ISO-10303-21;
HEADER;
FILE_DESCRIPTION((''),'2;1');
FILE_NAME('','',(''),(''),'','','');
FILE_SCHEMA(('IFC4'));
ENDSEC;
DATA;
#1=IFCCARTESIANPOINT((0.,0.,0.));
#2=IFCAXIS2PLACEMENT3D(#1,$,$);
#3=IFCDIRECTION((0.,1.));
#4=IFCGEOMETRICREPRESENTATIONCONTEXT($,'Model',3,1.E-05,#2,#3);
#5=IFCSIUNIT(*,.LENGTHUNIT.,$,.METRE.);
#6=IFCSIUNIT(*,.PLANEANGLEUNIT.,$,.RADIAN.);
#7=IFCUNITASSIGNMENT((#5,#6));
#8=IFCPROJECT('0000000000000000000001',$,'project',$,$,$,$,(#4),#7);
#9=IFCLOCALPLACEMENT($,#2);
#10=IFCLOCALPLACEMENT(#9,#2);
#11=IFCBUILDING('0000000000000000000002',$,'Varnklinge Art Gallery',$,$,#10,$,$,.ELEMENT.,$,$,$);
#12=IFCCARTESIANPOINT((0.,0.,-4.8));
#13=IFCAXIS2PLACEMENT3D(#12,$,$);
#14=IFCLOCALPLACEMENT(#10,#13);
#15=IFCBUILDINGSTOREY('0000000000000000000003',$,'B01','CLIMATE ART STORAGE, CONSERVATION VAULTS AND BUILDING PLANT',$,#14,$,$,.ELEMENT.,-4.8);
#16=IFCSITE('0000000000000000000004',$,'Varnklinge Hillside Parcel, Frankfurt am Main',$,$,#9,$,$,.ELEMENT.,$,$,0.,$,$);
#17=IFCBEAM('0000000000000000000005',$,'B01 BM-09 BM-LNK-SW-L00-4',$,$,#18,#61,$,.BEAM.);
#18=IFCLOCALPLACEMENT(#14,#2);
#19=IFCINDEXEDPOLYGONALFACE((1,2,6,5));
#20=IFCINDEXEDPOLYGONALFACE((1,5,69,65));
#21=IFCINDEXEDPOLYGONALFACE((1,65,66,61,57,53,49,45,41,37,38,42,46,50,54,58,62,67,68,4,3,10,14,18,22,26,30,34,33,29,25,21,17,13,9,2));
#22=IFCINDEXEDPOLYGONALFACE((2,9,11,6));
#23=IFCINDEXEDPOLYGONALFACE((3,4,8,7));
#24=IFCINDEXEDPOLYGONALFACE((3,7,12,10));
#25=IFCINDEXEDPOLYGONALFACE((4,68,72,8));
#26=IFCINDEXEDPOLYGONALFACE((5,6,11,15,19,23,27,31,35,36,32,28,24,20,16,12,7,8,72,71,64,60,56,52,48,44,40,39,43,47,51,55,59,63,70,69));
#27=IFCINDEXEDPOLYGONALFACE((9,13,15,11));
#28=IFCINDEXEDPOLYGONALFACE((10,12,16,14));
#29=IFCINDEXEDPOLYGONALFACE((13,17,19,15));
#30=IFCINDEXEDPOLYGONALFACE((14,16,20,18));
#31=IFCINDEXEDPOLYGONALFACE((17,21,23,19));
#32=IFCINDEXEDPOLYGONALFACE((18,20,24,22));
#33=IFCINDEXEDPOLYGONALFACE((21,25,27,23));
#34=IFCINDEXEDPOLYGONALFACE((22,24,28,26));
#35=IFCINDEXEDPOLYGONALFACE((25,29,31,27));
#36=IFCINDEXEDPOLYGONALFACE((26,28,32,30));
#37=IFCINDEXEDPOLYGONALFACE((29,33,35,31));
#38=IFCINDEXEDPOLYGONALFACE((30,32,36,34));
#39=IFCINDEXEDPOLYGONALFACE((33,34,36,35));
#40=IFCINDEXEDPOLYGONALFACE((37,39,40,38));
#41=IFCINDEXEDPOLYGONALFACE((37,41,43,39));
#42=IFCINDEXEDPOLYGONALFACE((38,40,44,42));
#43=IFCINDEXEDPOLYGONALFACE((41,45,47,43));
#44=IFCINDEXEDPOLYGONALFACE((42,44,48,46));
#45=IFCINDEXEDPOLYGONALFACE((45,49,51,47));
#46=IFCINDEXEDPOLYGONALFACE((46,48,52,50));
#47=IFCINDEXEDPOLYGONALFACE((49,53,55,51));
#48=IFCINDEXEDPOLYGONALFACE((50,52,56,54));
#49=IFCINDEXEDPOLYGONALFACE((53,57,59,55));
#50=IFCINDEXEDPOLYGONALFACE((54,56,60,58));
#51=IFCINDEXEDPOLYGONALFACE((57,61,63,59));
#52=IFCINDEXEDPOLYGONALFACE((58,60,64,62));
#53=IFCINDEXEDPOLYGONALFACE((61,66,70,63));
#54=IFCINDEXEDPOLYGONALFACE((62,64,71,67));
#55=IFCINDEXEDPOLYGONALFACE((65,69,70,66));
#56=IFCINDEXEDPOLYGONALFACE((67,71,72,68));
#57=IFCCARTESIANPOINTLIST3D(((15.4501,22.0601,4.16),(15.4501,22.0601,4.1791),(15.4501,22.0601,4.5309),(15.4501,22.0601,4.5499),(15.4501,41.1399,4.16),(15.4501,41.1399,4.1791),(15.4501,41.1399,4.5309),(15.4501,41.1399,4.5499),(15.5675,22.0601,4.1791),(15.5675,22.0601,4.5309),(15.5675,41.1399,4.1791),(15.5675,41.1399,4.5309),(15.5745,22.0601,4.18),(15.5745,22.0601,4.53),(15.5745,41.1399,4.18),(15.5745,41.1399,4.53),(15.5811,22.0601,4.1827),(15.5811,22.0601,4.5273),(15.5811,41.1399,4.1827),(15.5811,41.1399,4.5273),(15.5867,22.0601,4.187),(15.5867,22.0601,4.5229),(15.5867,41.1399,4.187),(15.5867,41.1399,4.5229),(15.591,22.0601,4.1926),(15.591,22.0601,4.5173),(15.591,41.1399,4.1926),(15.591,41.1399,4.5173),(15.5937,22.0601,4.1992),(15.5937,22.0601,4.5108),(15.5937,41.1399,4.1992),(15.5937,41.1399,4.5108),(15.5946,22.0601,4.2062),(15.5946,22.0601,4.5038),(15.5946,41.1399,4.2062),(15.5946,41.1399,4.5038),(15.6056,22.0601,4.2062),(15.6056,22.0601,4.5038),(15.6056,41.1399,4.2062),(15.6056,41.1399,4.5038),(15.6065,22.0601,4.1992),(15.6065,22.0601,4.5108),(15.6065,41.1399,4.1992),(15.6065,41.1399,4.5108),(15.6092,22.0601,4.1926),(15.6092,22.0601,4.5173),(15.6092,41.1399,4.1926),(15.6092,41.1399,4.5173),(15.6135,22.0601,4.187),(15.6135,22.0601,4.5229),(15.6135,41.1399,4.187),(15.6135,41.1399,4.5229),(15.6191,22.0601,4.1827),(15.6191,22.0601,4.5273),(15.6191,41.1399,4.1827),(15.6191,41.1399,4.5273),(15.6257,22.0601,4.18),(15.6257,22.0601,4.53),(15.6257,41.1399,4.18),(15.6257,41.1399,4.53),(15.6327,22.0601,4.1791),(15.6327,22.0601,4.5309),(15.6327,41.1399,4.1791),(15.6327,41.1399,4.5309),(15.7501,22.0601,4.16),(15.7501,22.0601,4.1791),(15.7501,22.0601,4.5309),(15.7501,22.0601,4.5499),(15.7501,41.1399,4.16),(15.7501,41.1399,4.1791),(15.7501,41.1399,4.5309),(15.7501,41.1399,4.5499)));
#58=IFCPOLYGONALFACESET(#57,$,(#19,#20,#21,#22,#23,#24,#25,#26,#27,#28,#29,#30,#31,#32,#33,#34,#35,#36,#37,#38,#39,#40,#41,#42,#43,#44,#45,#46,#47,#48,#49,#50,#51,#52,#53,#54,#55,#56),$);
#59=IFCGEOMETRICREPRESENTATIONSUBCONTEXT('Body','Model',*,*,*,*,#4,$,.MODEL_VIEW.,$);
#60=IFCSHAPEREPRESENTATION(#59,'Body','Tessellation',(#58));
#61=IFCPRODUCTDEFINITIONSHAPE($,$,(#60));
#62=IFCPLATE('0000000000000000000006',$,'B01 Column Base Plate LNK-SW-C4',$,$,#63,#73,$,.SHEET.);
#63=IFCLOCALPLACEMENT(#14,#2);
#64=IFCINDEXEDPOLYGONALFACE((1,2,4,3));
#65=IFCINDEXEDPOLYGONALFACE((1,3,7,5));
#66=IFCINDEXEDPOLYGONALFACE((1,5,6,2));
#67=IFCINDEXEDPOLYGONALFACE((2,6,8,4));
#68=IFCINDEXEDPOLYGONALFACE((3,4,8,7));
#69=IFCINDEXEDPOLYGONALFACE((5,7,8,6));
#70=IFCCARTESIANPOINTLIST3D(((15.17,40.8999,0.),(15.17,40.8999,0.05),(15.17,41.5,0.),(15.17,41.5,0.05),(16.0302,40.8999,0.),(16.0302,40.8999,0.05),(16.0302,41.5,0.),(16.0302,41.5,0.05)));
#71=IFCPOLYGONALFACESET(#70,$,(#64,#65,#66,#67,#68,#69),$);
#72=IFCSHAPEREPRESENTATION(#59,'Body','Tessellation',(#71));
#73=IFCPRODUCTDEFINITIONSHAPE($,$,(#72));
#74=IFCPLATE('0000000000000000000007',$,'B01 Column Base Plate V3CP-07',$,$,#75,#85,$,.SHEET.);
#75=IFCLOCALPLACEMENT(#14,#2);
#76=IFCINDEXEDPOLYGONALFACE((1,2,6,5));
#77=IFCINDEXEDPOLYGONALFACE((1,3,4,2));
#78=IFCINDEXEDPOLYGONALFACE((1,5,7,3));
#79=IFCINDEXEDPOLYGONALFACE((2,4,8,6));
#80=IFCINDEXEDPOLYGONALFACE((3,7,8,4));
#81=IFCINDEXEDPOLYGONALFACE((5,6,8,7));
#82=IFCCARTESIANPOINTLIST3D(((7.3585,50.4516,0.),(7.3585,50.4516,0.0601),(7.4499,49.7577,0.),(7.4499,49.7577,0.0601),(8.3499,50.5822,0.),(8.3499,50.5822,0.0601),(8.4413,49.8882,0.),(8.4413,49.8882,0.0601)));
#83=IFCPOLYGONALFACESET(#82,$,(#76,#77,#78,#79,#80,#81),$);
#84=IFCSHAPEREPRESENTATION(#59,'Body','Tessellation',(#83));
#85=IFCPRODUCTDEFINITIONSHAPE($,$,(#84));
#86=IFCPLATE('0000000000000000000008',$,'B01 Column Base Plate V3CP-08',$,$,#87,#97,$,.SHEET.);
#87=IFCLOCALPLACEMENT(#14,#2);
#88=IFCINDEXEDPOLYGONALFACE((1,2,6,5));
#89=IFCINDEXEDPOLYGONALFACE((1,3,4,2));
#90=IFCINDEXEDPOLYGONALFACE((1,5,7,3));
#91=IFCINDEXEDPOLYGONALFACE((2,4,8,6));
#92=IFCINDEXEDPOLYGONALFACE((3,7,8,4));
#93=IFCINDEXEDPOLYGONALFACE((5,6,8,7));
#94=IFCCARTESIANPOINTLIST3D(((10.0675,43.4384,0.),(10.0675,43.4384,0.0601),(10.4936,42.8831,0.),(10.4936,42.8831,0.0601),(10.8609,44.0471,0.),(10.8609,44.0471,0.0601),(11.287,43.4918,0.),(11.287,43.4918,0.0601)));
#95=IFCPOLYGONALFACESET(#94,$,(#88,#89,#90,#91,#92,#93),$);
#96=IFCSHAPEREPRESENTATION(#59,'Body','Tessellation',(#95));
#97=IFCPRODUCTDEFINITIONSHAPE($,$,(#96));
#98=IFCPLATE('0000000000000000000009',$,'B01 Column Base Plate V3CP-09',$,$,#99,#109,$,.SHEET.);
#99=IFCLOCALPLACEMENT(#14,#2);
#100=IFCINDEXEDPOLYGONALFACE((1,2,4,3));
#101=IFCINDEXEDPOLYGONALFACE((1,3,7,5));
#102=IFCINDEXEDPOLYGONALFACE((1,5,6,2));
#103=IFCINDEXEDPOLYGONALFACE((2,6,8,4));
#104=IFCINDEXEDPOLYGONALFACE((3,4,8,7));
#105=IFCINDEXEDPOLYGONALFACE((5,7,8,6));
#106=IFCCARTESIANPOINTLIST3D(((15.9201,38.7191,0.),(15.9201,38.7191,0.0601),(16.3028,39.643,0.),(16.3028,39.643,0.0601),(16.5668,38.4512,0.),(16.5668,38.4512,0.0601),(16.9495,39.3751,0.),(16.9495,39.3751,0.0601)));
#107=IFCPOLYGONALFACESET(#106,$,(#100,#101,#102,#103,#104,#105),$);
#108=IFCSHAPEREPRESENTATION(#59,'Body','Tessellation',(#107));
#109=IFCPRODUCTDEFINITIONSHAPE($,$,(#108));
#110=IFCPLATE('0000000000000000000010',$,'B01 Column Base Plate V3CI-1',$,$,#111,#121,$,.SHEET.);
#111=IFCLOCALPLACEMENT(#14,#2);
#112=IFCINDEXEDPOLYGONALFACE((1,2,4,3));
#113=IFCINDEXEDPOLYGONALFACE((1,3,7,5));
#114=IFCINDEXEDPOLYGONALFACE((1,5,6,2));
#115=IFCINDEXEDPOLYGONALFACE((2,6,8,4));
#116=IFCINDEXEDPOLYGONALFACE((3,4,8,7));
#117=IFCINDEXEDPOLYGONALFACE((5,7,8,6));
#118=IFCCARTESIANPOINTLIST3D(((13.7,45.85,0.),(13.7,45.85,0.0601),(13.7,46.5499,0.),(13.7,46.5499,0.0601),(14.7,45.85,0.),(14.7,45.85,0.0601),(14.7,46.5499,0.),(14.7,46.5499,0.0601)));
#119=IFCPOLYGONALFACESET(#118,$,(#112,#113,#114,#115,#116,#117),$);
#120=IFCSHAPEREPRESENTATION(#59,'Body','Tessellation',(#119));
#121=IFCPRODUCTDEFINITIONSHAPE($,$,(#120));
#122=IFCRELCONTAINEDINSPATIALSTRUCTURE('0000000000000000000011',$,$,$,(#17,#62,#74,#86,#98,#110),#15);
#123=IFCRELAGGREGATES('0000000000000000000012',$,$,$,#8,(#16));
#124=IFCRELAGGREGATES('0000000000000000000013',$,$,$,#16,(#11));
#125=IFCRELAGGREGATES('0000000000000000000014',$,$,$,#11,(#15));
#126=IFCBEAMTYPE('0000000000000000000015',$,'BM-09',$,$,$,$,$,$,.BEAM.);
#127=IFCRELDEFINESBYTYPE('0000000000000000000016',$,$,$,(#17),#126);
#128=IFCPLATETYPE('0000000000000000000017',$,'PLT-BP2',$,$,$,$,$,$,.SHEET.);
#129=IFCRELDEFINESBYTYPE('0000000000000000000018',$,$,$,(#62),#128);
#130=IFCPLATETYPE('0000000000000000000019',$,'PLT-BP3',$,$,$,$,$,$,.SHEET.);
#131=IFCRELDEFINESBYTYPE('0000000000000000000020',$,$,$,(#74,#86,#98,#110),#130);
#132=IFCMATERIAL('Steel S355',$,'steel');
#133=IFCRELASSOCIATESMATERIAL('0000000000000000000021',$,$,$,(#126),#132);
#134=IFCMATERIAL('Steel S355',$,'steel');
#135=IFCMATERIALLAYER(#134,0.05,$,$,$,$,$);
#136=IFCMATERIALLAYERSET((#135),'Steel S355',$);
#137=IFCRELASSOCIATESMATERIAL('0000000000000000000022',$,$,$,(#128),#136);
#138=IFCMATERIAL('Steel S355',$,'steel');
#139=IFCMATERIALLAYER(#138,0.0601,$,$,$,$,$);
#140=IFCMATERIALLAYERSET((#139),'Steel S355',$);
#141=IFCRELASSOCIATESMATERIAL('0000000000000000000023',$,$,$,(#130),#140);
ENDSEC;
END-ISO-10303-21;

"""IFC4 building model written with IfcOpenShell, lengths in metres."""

from ifc_helpers import new_model, si_unit, direction, frame, origin, origin_2d, place, context, subcontext, project, spatial, rectangle, i_section, extrude, material, layer, layer_set, material_profile, profile_set, type_object, element, save


model = new_model("IFC4")

# Units and contexts
model_context = context("Model", 3, precision=1e-05, world=origin(), true_north=direction((0.0, 1.0)))
body_context = subcontext(model_context, "Body", "Model", "MODEL_VIEW")
ifc_project = project(units=[si_unit("LENGTHUNIT", "METRE"), si_unit("PLANEANGLEUNIT", "RADIAN")], contexts=[model_context])

# Site, building, storey
site_placement = place(None, origin())
site = spatial("IfcSite", under=ifc_project, at=site_placement, Name="Varnklinge Hillside Parcel, Frankfurt am Main", CompositionType="ELEMENT", RefElevation=0.0)
building_placement = place(site_placement, origin())
building = spatial("IfcBuilding", under=site, at=building_placement, Name="Varnklinge Art Gallery", CompositionType="ELEMENT")
storey_placement = place(building_placement, frame((0.0, 0.0, -4.8)))
storey = spatial("IfcBuildingStorey", under=building, at=storey_placement, Name="B01", Description="CLIMATE ART STORAGE, CONSERVATION VAULTS AND BUILDING PLANT", CompositionType="ELEMENT", Elevation=-4.8)

# Beam
ifc_material_1 = material(Name="Steel S355", Category="steel")
ifc_material_profile_1 = material_profile(ifc_material_1, i_section(OverallWidth=0.3, OverallDepth=0.3899, WebThickness=0.011, FlangeThickness=0.019, FilletRadius=0.0271, at=origin_2d()), Name="HEA 400")
ifc_profile_set_1 = profile_set([ifc_material_profile_1], Name="Steel S355")
beam_type_1 = type_object("IfcBeamType", Name="BM-09", PredefinedType="BEAM", material=ifc_profile_set_1)
beam_1_placement = place(storey_placement, frame((15.6001, 41.1399, 4.355), z_axis=(0.0, -1.0, 0.0), x_axis=(1.0, 0.0, 0.0)))
element("IfcBeam", 1, at=beam_1_placement, inside=storey, type_object=beam_type_1, Name="B01 BM-09 BM-LNK-SW-L00-4", PredefinedType="BEAM", context=body_context, shape_type="SweptSolid", body=[
    extrude(i_section(OverallWidth=0.3, OverallDepth=0.3899, WebThickness=0.011, FlangeThickness=0.019, FilletRadius=0.0271, at=origin_2d()), origin(), (0.0, 0.0, 1.0), 19.0798),
])

# Plates
ifc_material_2 = material(Name="Steel S355", Category="steel")
ifc_layer_1 = layer(ifc_material_2, 0.05)
ifc_layer_set_1 = layer_set([ifc_layer_1], Name="Steel S355")
plate_type_1 = type_object("IfcPlateType", Name="PLT-BP2", PredefinedType="SHEET", material=ifc_layer_set_1)
plate_placement = place(storey_placement, frame((15.6001, 41.2, 0.0), z_axis=(0.0, 0.0, 1.0), x_axis=(1.0, 0.0, 0.0)))
element("IfcPlate", 2, at=plate_placement, inside=storey, type_object=plate_type_1, Name="B01 Column Base Plate LNK-SW-C4", PredefinedType="SHEET", context=body_context, shape_type="SweptSolid", body=[
    extrude(rectangle(XDim=0.8601, YDim=0.6001, at=origin_2d()), origin(), (0.0, 0.0, 1.0), 0.05),
])
ifc_material_3 = material(Name="Steel S355", Category="steel")
ifc_layer_2 = layer(ifc_material_3, 0.0601)
ifc_layer_set_2 = layer_set([ifc_layer_2], Name="Steel S355")
plate_type_2 = type_object("IfcPlateType", Name="PLT-BP3", PredefinedType="SHEET", material=ifc_layer_set_2)
for number, where, z_axis, x_axis, name in (
    (3, (7.8999, 50.1699, 0.0), (0.0, 0.0, 1.0), (-0.991445, -0.130526, 0.0), "B01 Column Base Plate V3CP-07"),
    (4, (10.6772, 43.4651, 0.0), (0.0, 0.0, 1.0), (-0.793353, -0.608761, 0.0), "B01 Column Base Plate V3CP-08"),
    (5, (16.4348, 39.0471, 0.0), (0.0, 0.0, 1.0), (-0.382683, -0.92388, 0.0), "B01 Column Base Plate V3CP-09"),
    (6, (14.2, 46.2, 0.0), (0.0, 0.0, 1.0), (1.0, 0.0, 0.0), "B01 Column Base Plate V3CI-1"),
):
    element("IfcPlate", number, at=place(storey_placement, frame(where, z_axis=z_axis, x_axis=x_axis)), inside=storey, type_object=plate_type_2, Name=name, PredefinedType="SHEET", context=body_context, shape_type="SweptSolid", body=[
        extrude(rectangle(XDim=1.0, YDim=0.7, at=origin_2d()), origin(), (0.0, 0.0, 1.0), 0.0601),
    ])

save(model, "model.ifc")
